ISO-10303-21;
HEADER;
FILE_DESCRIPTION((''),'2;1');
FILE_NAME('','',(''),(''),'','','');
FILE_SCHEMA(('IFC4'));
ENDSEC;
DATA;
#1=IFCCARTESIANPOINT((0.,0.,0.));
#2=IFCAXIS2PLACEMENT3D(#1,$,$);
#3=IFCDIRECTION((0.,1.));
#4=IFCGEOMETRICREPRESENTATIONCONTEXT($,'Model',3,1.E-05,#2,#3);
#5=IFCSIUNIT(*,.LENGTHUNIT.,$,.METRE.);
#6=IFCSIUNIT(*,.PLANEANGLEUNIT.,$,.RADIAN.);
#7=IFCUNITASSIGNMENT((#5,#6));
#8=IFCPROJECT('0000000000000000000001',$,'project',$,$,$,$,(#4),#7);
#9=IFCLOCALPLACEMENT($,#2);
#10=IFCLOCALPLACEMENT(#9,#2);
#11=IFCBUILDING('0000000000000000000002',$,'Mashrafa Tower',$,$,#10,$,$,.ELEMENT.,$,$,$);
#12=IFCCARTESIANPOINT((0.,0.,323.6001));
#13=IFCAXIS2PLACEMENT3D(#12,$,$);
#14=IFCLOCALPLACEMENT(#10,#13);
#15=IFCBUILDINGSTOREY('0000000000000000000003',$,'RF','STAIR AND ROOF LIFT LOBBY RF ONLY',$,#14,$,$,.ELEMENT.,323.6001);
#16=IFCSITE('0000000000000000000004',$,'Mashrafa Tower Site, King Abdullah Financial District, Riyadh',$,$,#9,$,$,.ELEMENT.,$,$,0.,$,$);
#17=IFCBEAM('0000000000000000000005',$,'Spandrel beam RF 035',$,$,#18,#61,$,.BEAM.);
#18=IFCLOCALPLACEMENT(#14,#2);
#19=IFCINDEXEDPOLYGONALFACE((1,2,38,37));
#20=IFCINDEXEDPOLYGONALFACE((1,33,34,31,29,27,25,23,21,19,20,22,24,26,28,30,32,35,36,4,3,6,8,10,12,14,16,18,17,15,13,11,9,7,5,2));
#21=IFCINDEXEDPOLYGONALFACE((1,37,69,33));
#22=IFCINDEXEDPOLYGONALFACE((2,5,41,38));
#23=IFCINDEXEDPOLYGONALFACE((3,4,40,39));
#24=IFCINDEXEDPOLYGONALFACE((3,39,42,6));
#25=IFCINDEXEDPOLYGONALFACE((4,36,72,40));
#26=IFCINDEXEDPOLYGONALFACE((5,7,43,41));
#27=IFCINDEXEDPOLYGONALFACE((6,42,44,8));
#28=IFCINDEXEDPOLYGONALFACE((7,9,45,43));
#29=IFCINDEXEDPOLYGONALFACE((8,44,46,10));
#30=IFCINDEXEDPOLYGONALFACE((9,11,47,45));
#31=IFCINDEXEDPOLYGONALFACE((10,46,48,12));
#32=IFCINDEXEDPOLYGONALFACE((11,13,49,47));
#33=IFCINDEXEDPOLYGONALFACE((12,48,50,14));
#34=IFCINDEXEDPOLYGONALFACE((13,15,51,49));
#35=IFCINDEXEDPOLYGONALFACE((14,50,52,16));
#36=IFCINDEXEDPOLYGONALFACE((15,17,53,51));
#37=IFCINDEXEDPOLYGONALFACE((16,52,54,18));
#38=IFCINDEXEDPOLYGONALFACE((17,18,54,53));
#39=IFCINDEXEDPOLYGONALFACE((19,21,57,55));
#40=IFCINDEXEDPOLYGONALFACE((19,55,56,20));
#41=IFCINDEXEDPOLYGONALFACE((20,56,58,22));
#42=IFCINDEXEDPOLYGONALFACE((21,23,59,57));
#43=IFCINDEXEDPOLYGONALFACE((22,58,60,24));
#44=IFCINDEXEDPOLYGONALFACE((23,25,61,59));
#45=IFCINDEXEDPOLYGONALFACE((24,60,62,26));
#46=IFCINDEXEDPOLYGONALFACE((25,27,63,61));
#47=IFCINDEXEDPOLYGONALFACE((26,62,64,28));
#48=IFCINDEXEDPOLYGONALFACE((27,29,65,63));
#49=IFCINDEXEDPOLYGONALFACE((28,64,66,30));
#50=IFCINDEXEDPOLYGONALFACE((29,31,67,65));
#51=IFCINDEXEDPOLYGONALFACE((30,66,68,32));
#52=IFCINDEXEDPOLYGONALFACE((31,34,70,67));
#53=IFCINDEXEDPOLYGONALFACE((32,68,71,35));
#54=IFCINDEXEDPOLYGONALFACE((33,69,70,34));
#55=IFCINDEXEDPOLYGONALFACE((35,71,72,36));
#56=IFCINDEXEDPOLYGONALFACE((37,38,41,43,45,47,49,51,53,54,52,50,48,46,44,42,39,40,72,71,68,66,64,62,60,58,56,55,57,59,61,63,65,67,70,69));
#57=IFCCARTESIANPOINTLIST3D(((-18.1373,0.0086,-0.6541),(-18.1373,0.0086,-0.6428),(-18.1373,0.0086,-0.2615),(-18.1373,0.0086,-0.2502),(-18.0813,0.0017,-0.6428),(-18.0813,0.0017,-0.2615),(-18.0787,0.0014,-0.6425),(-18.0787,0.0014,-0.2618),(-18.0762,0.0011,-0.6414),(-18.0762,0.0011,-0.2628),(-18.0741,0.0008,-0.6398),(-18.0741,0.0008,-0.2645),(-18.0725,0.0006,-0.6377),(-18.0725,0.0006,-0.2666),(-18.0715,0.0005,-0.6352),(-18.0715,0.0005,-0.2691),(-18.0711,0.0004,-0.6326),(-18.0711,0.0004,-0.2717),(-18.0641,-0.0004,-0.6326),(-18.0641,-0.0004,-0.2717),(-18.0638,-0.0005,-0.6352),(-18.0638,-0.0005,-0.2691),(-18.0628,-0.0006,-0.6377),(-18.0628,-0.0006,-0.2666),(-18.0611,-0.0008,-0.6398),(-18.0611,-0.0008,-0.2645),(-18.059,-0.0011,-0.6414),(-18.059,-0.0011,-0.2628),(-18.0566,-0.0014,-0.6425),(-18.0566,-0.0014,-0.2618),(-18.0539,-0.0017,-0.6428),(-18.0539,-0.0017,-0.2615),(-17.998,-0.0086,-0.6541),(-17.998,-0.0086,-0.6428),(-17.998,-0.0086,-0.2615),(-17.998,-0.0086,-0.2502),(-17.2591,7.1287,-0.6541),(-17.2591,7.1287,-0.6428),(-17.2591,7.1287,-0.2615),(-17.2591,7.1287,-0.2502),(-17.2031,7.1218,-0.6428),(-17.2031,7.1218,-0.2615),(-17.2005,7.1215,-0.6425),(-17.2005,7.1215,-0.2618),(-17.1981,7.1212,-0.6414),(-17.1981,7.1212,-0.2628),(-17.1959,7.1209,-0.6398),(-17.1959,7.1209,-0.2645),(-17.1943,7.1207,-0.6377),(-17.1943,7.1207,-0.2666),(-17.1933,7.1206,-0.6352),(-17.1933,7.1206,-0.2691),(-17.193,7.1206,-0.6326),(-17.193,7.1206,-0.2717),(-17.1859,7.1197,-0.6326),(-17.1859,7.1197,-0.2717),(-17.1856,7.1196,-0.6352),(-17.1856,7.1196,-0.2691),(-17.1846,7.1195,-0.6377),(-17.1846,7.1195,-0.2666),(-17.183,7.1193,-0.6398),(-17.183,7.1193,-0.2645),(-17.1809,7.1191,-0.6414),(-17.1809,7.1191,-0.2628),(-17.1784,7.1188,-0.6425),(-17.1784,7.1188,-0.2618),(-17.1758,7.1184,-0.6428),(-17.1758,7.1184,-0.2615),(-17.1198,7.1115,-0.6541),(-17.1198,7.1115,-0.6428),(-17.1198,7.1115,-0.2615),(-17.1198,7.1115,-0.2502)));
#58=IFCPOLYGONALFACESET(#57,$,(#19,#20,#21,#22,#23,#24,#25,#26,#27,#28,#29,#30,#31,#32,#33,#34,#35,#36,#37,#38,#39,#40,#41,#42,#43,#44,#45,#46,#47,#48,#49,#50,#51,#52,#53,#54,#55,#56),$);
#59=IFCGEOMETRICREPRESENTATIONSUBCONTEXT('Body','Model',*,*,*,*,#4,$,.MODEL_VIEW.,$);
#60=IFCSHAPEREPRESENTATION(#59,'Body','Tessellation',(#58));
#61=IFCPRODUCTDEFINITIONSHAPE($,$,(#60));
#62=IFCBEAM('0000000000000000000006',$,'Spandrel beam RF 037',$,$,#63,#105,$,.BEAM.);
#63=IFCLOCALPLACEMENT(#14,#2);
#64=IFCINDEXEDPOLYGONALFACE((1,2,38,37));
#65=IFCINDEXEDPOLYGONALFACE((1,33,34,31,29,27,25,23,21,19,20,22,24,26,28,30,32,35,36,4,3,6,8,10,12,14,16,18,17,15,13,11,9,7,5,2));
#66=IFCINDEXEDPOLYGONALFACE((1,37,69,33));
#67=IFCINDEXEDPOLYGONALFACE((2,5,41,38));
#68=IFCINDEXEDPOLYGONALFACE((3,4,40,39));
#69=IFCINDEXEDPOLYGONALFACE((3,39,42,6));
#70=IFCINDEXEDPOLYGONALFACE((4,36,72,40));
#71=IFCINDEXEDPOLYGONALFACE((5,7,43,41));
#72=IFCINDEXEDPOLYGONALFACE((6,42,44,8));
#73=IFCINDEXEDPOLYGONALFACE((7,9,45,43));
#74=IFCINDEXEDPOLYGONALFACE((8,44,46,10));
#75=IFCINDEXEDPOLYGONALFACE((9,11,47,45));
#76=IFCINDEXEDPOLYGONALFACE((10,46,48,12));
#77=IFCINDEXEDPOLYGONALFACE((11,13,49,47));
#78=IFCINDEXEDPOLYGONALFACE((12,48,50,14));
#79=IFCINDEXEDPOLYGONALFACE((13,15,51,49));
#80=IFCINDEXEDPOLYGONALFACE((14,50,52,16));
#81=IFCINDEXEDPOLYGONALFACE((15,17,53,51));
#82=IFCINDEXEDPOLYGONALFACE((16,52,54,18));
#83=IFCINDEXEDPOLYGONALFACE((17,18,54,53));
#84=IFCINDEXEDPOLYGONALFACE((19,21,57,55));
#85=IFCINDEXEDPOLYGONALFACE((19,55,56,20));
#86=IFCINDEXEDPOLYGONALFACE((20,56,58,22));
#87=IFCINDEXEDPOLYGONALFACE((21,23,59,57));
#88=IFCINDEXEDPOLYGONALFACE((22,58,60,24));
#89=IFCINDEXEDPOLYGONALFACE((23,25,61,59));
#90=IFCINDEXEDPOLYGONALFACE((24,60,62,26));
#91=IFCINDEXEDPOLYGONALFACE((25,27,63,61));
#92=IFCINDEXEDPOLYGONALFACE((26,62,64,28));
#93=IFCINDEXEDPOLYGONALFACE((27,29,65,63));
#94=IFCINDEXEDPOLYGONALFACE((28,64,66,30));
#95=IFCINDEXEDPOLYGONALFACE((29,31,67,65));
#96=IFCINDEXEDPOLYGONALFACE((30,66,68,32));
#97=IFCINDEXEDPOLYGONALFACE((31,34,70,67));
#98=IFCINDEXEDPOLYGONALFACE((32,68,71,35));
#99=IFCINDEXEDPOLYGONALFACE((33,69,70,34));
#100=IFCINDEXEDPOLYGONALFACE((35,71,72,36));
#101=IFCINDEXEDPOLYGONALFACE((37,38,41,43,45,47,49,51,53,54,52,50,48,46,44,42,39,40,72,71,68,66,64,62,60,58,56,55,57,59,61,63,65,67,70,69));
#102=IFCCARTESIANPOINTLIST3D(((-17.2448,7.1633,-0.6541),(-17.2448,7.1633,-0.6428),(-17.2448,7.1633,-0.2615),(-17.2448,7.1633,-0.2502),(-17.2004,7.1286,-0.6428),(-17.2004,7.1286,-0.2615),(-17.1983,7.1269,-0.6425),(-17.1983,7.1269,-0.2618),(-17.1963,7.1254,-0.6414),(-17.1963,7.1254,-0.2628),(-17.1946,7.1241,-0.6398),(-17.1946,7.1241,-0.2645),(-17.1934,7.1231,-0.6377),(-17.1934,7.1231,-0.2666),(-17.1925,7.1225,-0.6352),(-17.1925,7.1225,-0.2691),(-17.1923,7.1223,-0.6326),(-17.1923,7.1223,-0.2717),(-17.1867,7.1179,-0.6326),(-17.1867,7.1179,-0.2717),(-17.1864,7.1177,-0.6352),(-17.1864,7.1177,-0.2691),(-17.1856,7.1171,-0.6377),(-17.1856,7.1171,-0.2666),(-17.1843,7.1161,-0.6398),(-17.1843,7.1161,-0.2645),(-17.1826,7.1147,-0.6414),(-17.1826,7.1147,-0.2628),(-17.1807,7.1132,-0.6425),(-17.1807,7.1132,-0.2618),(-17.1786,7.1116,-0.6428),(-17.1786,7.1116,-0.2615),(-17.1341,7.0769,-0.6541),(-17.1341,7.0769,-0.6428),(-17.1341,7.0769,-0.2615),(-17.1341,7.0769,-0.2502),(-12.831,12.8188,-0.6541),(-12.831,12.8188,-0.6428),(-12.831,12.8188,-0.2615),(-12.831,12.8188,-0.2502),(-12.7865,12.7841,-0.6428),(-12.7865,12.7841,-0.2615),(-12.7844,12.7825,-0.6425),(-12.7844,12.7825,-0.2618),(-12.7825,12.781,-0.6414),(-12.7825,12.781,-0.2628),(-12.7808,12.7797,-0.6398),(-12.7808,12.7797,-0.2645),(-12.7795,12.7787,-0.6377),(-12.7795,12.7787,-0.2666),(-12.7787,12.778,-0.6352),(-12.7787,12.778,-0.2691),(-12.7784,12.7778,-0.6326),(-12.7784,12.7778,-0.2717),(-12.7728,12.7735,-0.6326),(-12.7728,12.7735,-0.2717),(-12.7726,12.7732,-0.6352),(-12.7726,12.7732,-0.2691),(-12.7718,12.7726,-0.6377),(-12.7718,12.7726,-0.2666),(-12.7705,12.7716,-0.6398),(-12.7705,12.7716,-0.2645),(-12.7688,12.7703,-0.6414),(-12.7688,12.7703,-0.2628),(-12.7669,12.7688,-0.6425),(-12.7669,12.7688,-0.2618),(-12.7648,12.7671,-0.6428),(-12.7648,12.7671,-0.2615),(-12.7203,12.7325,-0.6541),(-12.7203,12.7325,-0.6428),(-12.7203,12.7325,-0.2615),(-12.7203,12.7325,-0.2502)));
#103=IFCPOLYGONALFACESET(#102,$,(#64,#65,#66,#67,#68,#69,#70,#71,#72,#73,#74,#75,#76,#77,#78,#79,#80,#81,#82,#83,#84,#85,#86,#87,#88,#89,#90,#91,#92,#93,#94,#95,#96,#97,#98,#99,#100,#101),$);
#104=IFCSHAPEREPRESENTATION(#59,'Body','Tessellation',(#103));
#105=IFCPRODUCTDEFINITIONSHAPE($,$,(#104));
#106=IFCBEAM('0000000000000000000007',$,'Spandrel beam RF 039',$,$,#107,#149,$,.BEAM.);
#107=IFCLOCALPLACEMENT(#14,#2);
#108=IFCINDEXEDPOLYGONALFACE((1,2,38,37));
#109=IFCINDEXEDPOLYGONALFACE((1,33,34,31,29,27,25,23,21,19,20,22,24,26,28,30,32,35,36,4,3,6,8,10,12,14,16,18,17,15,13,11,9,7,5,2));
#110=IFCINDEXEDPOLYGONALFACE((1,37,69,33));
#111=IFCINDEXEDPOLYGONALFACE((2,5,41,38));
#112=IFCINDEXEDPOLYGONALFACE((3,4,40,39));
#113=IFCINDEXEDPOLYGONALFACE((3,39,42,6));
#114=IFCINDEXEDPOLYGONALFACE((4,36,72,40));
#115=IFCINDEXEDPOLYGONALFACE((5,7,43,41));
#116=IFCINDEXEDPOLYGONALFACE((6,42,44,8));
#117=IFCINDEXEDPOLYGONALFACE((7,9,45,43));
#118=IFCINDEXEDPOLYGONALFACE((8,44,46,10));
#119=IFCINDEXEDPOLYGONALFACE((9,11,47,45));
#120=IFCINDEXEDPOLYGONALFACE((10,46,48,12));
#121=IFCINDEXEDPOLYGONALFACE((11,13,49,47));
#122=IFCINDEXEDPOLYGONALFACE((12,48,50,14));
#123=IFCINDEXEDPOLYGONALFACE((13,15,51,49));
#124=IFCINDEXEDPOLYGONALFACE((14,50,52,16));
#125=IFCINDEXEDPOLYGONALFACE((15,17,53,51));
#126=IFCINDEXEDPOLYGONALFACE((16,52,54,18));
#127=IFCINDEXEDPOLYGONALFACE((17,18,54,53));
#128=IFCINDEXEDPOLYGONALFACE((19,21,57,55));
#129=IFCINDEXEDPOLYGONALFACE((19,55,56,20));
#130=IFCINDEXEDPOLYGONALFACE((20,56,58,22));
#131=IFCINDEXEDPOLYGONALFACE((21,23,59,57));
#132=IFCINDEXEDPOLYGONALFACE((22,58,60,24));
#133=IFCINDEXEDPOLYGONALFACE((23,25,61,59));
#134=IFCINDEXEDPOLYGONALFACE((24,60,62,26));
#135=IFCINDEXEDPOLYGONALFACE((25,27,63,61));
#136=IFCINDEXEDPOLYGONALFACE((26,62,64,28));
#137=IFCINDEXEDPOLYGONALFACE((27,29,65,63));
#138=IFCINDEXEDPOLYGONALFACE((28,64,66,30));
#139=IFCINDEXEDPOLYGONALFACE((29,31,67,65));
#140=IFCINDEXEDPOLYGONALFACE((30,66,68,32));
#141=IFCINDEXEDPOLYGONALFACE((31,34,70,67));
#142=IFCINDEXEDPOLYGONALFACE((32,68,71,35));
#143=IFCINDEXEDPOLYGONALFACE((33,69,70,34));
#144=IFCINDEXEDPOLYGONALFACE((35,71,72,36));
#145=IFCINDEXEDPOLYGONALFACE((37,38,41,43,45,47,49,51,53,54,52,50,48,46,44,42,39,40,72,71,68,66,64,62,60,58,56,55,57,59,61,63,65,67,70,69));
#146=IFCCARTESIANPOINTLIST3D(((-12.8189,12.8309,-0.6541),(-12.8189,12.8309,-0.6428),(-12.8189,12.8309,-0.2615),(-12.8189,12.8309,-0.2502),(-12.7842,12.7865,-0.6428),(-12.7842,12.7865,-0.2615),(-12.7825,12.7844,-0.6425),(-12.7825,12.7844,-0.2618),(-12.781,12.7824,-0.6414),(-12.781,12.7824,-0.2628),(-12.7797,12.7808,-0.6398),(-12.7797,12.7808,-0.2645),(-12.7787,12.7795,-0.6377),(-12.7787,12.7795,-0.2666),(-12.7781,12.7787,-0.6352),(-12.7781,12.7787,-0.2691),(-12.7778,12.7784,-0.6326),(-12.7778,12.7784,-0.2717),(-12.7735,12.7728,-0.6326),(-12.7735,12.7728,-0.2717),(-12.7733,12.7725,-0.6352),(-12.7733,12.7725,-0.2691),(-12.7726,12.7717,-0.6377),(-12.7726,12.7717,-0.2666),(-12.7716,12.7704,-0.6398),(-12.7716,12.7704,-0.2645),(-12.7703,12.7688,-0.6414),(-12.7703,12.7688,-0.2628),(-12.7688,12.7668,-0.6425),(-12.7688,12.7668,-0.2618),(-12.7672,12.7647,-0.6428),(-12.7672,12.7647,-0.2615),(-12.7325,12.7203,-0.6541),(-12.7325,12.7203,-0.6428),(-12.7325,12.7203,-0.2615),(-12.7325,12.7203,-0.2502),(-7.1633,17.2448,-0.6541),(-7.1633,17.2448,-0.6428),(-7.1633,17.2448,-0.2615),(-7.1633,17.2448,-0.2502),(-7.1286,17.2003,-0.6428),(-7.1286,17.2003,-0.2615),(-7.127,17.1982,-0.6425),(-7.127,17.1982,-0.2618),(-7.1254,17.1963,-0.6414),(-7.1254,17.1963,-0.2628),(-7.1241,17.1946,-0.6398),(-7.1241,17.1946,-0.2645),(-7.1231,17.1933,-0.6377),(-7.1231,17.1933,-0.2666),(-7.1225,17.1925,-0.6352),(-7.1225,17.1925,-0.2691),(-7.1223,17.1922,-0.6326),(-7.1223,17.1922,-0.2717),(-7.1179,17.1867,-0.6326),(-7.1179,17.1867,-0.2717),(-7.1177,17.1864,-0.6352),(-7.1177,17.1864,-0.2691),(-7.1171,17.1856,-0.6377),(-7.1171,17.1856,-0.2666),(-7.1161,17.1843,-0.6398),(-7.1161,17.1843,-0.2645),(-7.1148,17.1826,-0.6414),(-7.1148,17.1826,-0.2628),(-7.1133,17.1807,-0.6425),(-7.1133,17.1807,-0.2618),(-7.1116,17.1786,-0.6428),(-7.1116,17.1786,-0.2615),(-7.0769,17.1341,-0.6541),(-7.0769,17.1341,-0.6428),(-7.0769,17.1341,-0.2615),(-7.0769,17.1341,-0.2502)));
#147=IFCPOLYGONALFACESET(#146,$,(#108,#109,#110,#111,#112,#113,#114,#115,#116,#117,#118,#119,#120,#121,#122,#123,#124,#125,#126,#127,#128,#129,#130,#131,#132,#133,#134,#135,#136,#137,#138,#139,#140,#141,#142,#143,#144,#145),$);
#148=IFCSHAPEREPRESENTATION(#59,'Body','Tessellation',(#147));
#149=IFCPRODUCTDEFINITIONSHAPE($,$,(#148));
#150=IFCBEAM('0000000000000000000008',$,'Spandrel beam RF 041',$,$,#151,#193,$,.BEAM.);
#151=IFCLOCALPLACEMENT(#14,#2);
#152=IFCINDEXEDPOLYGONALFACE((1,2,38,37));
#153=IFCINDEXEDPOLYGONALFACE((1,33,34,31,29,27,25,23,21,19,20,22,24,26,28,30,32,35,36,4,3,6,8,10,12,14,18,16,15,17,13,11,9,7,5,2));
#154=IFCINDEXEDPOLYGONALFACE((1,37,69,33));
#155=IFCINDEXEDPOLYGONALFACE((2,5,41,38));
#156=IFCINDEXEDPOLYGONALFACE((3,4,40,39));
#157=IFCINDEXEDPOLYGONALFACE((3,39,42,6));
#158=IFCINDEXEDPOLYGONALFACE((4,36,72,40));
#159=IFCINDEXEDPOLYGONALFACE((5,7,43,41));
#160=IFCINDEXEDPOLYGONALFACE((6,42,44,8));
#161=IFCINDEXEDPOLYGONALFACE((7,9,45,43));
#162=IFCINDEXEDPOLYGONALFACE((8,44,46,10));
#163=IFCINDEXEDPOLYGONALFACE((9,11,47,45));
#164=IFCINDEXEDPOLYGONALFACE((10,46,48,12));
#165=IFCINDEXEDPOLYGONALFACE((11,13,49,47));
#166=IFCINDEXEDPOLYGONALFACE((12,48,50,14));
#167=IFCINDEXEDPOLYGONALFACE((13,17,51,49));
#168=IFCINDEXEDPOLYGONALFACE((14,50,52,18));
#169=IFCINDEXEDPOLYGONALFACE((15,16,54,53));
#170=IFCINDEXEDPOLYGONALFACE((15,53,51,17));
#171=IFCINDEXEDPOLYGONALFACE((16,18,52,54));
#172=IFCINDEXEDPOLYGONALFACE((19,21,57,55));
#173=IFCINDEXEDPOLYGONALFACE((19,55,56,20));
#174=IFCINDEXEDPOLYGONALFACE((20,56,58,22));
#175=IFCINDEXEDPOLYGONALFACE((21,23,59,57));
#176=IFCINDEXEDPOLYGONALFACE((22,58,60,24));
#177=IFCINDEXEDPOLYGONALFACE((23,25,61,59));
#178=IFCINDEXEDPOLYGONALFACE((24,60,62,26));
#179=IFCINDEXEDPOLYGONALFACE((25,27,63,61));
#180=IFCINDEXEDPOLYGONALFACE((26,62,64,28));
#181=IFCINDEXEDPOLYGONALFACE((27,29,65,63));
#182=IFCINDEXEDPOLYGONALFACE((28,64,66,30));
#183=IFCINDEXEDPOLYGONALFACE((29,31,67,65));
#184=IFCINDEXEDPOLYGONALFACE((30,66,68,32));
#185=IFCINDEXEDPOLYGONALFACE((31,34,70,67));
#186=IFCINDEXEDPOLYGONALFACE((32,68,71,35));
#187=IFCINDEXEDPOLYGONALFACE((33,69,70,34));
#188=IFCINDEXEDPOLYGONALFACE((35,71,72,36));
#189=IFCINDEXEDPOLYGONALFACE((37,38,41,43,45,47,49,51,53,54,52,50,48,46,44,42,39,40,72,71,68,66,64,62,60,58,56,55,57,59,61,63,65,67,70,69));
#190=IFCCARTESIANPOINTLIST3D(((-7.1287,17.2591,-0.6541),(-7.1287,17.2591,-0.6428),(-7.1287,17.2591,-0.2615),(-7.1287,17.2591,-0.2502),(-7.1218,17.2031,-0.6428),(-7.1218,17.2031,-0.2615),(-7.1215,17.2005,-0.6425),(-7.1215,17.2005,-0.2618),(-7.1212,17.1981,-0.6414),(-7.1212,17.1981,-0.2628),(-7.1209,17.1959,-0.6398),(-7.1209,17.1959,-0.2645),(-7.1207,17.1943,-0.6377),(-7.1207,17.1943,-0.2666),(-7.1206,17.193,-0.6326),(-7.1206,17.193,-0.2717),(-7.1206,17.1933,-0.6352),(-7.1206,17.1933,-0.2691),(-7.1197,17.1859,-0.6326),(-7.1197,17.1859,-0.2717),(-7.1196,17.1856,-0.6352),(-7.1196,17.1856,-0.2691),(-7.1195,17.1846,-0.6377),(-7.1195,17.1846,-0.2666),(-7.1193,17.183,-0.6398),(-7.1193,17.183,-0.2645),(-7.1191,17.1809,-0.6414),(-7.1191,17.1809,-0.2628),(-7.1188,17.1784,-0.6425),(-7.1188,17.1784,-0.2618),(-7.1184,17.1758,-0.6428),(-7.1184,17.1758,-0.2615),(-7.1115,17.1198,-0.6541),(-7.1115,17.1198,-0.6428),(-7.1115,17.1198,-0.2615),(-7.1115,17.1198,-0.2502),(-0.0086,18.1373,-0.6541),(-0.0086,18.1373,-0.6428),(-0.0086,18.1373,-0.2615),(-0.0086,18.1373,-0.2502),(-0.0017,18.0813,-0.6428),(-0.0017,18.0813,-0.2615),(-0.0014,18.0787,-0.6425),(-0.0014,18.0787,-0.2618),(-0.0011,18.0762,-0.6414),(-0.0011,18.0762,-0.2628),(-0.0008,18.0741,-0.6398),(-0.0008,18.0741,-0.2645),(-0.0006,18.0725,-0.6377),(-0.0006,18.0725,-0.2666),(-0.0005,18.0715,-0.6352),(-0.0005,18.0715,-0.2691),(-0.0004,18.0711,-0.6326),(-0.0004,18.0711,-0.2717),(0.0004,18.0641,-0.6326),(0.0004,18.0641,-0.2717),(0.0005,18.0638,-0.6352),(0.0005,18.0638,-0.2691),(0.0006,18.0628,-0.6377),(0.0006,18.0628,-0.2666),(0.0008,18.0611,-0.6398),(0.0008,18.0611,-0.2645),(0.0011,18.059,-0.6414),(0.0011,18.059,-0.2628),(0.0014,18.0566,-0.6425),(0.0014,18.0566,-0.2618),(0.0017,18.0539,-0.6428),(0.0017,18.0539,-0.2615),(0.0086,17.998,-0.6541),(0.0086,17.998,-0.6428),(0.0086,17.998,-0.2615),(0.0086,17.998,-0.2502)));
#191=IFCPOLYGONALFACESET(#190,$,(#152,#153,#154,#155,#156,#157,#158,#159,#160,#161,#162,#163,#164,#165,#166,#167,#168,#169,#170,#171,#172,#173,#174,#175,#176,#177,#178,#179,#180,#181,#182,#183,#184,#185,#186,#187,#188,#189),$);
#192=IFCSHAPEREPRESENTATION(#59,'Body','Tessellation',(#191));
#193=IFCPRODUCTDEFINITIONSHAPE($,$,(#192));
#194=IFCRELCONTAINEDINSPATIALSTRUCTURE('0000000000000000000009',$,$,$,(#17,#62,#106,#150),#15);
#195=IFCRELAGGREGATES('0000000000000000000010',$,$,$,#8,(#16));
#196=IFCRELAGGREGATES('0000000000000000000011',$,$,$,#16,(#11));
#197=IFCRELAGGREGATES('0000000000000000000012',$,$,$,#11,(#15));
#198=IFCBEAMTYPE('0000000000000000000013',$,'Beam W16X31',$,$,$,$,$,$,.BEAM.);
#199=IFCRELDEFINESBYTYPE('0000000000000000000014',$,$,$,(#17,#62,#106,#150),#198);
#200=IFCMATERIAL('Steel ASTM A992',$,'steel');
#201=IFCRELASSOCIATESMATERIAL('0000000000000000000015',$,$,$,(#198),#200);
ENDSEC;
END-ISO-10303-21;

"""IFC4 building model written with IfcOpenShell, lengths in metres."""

from ifc_helpers import new_model, si_unit, direction, frame, origin, origin_2d, place, context, subcontext, project, spatial, i_section, extrude, material, material_profile, profile_set, type_object, element, save


model = new_model("IFC4")

# Units and contexts
model_context = context("Model", 3, precision=1e-05, world=origin(), true_north=direction((0.0, 1.0)))
body_context = subcontext(model_context, "Body", "Model", "MODEL_VIEW")
ifc_project = project(units=[si_unit("LENGTHUNIT", "METRE"), si_unit("PLANEANGLEUNIT", "RADIAN")], contexts=[model_context])

# Site, building, storey
site_placement = place(None, origin())
site = spatial("IfcSite", under=ifc_project, at=site_placement, Name="Mashrafa Tower Site, King Abdullah Financial District, Riyadh", CompositionType="ELEMENT", RefElevation=0.0)
building_placement = place(site_placement, origin())
building = spatial("IfcBuilding", under=site, at=building_placement, Name="Mashrafa Tower", CompositionType="ELEMENT")
storey_placement = place(building_placement, frame((0.0, 0.0, 323.6001)))
storey = spatial("IfcBuildingStorey", under=building, at=storey_placement, Name="RF", Description="STAIR AND ROOF LIFT LOBBY RF ONLY", CompositionType="ELEMENT", Elevation=323.6001)

# Beams
ifc_material_1 = material(Name="Steel ASTM A992", Category="steel")
ifc_material_profile_1 = material_profile(ifc_material_1, i_section(OverallWidth=0.1404, OverallDepth=0.4038, WebThickness=0.0071, FlangeThickness=0.0112, FilletRadius=0.0103, at=origin_2d()), Name="W16X31")
ifc_profile_set_1 = profile_set([ifc_material_profile_1], Name="Steel ASTM A992")
beam_type_1 = type_object("IfcBeamType", Name="Beam W16X31", PredefinedType="BEAM", material=ifc_profile_set_1)
for number, where, z_axis, x_axis, name in (
    (1, (-17.1895, 7.1201, -0.4521), (-0.122409, -0.99248, 0.0), (0.99248, -0.122409, 0.0), "Spandrel beam RF 035"),
    (2, (-12.7756, 12.7756, -0.4521), (-0.61525, -0.788332, 0.0), (0.788332, -0.61525, 0.0), "Spandrel beam RF 037"),
    (3, (-7.1201, 17.1895, -0.4521), (-0.788332, -0.61525, 0.0), (0.61525, -0.788332, 0.0), "Spandrel beam RF 039"),
    (4, (0.0, 18.0676, -0.4521), (-0.99248, -0.122409, 0.0), (0.122409, -0.99248, 0.0), "Spandrel beam RF 041"),
):
    element("IfcBeam", number, at=place(storey_placement, frame(where, z_axis=z_axis, x_axis=x_axis)), inside=storey, type_object=beam_type_1, Name=name, PredefinedType="BEAM", context=body_context, shape_type="SweptSolid", body=[
        extrude(i_section(OverallWidth=0.1404, OverallDepth=0.4038, WebThickness=0.0071, FlangeThickness=0.0112, FilletRadius=0.0103, at=origin_2d()), origin(), (0.0, 0.0, 1.0), 7.1741),
    ])

save(model, "model.ifc")
